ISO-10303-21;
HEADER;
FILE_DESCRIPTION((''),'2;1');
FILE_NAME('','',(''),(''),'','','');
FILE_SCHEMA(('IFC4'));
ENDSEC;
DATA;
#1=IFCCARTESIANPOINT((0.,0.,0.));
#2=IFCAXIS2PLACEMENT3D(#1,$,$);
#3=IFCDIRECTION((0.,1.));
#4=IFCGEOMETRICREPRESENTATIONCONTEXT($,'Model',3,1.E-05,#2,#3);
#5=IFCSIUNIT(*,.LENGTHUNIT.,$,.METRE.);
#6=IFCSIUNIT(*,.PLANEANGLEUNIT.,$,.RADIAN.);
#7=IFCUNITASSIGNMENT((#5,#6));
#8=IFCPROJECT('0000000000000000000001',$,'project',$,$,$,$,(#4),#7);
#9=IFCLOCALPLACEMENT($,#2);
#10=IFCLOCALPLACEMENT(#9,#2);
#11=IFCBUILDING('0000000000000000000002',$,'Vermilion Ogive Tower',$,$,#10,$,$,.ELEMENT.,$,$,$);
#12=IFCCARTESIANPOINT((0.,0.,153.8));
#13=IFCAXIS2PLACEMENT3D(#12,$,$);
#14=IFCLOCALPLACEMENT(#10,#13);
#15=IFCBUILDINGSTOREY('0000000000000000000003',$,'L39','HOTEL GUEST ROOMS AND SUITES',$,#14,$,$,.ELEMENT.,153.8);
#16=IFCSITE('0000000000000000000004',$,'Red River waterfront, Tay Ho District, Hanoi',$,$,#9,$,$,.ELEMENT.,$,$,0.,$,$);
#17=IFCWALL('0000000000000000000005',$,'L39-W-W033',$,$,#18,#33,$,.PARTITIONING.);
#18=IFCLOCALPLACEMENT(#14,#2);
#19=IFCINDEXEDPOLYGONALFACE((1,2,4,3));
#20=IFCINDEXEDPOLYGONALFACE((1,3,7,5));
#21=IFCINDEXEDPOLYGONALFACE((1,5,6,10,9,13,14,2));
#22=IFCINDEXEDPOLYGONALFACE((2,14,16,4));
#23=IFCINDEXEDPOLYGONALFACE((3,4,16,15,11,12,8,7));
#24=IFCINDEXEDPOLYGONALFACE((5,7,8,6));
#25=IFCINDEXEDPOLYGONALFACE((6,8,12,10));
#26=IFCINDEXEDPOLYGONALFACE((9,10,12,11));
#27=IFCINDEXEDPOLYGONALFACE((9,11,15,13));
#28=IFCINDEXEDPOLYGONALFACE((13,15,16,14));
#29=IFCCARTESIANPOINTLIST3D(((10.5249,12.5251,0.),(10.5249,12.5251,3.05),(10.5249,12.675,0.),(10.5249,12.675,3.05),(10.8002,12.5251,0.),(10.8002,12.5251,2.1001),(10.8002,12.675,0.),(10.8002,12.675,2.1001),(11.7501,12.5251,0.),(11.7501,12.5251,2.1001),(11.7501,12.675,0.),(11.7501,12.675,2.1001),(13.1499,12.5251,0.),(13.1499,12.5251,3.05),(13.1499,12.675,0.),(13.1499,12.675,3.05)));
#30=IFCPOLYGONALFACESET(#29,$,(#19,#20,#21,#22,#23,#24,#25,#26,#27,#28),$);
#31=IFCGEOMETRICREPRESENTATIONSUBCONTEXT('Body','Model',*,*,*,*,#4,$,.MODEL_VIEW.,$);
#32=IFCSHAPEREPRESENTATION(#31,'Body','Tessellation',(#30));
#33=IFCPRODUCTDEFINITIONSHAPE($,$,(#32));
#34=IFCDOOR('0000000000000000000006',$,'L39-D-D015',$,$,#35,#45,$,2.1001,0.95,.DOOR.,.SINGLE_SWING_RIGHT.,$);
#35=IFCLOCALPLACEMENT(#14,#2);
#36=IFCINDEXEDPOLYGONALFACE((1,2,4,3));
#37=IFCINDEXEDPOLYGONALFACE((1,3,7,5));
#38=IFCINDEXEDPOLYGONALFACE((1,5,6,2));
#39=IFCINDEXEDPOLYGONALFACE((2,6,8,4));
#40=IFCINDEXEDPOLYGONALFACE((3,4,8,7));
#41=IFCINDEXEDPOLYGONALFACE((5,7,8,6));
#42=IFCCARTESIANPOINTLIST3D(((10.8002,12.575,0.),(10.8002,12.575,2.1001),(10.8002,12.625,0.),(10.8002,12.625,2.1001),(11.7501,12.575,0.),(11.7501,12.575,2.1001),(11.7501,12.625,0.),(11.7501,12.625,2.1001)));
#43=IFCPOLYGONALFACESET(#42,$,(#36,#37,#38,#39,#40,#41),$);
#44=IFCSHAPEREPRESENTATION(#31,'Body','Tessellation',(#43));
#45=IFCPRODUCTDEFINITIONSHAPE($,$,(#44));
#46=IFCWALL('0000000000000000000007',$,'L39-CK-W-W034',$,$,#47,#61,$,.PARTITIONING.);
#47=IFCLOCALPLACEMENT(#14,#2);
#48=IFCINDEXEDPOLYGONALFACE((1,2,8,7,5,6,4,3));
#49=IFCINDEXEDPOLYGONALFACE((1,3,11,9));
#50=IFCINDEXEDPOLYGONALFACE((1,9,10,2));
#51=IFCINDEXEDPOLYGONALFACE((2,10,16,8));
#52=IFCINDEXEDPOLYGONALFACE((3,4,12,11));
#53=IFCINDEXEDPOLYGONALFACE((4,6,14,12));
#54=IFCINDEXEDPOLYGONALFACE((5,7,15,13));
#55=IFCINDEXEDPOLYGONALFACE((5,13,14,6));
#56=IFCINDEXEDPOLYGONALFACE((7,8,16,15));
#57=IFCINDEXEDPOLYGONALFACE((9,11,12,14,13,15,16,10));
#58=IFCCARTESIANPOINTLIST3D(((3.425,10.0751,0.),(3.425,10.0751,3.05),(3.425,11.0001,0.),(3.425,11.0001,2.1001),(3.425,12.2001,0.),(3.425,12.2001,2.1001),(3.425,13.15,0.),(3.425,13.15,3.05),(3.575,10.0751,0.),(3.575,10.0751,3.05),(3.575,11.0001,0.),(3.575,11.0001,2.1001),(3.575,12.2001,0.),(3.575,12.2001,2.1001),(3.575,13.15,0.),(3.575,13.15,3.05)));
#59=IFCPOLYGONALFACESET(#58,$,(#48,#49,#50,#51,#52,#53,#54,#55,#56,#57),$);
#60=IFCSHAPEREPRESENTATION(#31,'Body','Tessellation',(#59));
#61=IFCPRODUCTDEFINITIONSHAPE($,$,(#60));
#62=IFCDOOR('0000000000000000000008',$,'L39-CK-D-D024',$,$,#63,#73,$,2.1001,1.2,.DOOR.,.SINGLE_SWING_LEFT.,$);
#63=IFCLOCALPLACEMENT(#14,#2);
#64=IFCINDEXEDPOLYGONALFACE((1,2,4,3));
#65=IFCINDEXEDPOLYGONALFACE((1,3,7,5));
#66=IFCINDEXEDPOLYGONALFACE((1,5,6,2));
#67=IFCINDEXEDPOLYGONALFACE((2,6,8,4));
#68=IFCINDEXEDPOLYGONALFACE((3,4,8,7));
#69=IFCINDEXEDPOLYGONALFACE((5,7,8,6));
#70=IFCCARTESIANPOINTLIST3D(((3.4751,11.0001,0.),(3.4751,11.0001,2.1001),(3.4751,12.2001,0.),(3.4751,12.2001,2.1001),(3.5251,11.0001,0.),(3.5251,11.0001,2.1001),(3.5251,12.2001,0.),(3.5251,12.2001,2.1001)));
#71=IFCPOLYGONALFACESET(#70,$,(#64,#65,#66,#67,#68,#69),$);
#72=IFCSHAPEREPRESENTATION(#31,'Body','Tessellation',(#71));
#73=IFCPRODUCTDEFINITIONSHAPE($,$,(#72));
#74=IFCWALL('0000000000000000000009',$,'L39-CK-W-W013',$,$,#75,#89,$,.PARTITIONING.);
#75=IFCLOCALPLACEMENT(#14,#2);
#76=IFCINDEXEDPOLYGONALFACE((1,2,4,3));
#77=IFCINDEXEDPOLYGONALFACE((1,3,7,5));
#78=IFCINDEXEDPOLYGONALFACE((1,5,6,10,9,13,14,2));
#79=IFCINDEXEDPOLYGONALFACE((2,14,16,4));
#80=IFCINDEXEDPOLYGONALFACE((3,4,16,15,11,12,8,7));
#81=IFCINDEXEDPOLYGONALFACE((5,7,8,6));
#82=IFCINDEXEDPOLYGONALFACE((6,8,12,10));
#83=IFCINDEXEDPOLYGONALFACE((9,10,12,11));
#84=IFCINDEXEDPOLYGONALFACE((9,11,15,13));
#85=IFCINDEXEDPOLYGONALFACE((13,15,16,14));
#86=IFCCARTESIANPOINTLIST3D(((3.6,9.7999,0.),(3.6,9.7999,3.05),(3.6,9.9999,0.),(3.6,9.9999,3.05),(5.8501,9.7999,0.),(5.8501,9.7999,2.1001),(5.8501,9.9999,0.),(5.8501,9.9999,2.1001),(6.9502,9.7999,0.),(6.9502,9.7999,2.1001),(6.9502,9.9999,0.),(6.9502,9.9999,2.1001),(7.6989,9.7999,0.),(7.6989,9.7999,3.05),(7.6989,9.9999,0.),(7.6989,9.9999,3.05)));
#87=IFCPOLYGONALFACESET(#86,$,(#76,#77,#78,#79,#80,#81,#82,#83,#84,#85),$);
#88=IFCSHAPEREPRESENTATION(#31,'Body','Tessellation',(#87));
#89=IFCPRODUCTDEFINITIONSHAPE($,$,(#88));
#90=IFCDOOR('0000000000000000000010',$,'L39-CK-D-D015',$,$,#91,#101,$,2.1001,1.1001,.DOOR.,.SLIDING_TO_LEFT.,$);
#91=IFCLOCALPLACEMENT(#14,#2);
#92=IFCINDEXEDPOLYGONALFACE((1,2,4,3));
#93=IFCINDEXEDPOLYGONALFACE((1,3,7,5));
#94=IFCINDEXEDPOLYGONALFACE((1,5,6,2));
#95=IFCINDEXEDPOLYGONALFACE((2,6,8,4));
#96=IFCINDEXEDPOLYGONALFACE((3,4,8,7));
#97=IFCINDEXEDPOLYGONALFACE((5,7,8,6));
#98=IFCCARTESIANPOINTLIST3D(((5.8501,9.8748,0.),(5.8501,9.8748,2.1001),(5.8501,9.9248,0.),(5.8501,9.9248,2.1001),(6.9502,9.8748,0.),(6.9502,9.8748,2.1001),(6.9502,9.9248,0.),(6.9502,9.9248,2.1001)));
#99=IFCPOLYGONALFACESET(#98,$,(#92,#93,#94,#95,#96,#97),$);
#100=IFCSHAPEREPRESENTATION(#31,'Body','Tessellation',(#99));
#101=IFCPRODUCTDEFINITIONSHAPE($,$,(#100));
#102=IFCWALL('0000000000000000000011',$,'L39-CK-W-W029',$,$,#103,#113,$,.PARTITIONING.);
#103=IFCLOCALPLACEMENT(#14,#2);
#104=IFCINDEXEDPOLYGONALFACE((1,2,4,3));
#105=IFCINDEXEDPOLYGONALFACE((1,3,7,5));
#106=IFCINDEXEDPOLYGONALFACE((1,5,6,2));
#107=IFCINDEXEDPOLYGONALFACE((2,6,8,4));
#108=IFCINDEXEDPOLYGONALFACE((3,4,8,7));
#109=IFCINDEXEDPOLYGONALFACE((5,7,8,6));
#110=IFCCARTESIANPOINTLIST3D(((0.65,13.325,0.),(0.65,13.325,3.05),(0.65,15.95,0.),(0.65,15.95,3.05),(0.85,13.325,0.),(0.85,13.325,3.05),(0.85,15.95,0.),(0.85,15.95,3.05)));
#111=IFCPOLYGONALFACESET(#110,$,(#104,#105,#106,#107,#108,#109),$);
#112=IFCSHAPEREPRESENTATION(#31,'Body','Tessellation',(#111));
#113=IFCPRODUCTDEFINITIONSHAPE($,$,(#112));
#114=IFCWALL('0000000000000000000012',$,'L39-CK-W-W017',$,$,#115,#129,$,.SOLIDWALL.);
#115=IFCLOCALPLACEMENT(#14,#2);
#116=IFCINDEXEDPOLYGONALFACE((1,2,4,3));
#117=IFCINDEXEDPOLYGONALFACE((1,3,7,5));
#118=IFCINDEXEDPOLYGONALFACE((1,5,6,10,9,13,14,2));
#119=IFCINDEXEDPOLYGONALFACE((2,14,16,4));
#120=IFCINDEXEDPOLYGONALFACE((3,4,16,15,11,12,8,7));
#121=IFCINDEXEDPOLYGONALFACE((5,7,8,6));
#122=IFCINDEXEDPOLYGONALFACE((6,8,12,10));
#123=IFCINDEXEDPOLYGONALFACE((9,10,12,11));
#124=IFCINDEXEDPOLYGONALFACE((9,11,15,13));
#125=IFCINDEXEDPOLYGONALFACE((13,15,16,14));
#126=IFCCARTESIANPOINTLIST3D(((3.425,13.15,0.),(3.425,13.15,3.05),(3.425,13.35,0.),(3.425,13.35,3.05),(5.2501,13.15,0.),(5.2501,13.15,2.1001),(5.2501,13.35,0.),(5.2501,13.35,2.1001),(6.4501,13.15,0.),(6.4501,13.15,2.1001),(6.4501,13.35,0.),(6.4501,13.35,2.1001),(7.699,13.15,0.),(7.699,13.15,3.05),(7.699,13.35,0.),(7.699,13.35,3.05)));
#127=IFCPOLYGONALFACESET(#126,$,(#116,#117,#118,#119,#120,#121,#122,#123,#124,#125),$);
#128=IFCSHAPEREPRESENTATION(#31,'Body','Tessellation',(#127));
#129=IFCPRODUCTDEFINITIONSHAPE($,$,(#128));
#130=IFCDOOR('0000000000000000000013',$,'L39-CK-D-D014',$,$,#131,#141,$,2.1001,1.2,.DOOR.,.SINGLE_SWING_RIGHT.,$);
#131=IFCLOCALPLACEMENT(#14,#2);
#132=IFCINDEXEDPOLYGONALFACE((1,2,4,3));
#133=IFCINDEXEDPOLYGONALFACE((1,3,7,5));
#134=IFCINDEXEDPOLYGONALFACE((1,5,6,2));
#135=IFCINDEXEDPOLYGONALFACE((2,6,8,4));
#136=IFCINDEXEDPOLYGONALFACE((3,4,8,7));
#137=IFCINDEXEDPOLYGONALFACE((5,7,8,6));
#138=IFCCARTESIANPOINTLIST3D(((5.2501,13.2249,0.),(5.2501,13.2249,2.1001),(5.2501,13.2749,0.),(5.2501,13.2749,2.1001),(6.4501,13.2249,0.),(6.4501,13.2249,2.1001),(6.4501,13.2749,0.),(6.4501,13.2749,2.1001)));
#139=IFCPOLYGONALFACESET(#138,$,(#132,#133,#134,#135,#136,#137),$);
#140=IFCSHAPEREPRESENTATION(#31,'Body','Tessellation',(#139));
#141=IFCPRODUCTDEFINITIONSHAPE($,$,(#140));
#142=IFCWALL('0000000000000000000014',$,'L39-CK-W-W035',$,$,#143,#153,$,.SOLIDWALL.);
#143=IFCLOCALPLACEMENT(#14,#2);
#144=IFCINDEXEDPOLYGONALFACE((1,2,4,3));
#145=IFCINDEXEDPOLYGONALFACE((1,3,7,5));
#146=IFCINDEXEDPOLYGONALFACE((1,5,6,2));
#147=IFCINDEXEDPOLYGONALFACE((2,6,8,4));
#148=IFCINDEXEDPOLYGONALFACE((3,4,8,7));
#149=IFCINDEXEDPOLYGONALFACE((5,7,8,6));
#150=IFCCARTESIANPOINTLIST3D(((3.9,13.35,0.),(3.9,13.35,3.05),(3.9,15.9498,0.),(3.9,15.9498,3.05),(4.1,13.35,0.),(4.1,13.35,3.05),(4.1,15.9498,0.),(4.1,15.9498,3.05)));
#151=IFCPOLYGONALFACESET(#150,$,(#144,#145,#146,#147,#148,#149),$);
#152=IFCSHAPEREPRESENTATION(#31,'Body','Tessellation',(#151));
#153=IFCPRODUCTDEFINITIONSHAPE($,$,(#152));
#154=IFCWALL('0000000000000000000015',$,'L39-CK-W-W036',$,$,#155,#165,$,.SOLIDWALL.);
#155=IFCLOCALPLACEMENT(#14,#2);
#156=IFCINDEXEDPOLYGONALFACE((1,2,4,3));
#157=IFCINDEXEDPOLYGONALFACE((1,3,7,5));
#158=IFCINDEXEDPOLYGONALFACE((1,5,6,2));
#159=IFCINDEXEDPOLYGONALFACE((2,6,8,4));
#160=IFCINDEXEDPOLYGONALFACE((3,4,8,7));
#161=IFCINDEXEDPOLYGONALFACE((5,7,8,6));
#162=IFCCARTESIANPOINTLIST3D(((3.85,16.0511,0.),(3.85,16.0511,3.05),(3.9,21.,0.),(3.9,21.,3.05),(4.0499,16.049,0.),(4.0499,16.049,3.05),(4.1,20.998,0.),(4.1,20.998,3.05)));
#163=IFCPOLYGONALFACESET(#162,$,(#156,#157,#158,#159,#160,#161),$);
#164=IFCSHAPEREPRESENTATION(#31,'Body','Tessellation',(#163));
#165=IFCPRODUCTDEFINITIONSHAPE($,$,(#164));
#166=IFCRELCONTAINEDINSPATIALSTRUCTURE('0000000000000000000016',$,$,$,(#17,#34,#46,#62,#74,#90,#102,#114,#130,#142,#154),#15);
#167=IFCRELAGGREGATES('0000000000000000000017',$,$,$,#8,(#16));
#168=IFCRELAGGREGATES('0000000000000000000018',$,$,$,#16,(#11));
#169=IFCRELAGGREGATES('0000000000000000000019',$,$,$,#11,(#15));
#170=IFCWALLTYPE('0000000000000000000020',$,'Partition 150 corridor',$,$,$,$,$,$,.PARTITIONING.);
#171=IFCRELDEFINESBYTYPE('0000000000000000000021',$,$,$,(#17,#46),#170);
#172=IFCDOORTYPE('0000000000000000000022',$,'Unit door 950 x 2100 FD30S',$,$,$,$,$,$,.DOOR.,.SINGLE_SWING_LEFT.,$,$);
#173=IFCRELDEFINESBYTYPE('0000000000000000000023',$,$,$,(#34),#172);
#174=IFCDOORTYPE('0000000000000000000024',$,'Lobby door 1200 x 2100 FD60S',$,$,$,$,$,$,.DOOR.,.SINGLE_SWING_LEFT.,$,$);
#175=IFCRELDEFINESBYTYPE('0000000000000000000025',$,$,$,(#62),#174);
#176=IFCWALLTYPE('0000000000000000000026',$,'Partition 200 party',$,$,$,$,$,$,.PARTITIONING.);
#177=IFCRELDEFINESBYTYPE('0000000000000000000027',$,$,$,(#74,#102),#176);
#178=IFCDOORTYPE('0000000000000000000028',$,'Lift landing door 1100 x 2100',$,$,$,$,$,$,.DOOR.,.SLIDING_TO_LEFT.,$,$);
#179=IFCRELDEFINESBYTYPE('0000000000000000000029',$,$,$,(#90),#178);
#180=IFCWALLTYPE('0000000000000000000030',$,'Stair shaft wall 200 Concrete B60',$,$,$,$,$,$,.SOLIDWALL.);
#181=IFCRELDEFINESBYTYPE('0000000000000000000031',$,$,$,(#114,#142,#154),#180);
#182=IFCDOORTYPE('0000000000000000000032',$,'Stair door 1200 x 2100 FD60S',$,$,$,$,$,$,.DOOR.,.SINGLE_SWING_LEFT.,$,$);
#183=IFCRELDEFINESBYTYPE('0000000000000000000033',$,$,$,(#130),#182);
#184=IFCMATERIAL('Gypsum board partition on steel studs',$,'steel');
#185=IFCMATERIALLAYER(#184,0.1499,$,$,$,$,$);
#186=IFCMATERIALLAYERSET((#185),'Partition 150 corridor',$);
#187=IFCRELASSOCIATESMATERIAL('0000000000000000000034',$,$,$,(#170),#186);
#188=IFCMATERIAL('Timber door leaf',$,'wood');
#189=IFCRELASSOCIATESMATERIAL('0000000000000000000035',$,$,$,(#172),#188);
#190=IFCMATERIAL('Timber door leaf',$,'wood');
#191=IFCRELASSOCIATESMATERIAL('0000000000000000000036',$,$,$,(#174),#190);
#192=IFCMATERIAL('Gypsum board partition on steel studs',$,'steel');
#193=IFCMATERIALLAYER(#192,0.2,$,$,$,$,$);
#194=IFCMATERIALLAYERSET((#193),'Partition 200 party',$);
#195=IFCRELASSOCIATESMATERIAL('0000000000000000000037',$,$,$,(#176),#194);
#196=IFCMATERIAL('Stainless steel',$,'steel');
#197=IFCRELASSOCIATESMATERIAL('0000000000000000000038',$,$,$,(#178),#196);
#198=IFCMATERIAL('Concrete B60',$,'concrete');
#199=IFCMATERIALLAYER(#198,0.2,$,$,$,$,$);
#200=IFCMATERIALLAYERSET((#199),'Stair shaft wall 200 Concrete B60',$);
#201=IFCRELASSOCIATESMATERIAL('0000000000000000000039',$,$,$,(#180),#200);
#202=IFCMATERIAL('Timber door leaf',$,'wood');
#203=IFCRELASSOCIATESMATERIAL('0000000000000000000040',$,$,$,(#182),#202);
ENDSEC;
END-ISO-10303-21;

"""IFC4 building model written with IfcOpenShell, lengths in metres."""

from ifc_helpers import new_model, si_unit, direction, frame, frame_2d, origin, place, context, subcontext, project, spatial, rectangle, extrude, material, layer, layer_set, type_object, element, fill, save


model = new_model("IFC4")

# Units and contexts
model_context = context("Model", 3, precision=1e-05, world=origin(), true_north=direction((0.0, 1.0)))
body_context = subcontext(model_context, "Body", "Model", "MODEL_VIEW")
ifc_project = project(units=[si_unit("LENGTHUNIT", "METRE"), si_unit("PLANEANGLEUNIT", "RADIAN")], contexts=[model_context])

# Site, building, storey
site_placement = place(None, origin())
site = spatial("IfcSite", under=ifc_project, at=site_placement, Name="Red River waterfront, Tay Ho District, Hanoi", CompositionType="ELEMENT", RefElevation=0.0)
building_placement = place(site_placement, origin())
building = spatial("IfcBuilding", under=site, at=building_placement, Name="Vermilion Ogive Tower", CompositionType="ELEMENT")
storey_placement = place(building_placement, frame((0.0, 0.0, 153.8)))
storey = spatial("IfcBuildingStorey", under=building, at=storey_placement, Name="L39", Description="HOTEL GUEST ROOMS AND SUITES", CompositionType="ELEMENT", Elevation=153.8)

# Walls, openings, doors
ifc_material_1 = material(Name="Gypsum board partition on steel studs", Category="steel")
ifc_layer_1 = layer(ifc_material_1, 0.1499)
ifc_layer_set_1 = layer_set([ifc_layer_1], Name="Partition 150 corridor")
wall_type_1 = type_object("IfcWallType", Name="Partition 150 corridor", PredefinedType="PARTITIONING", material=ifc_layer_set_1)
wall_1_placement = place(storey_placement, frame((10.5249, 12.6001, 0.0), z_axis=(0.0, 0.0, 1.0), x_axis=(1.0, 0.0, 0.0)))
wall_1 = element("IfcWall", 1, at=wall_1_placement, inside=storey, type_object=wall_type_1, Name="L39-W-W033", PredefinedType="PARTITIONING", context=body_context, shape_type="SweptSolid", body=[
    extrude(rectangle(XDim=2.625, YDim=0.1499, at=frame_2d((1.3125, 0.0))), origin(), (0.0, 0.0, 1.0), 3.05),
])
opening_1_placement = place(wall_1_placement, frame((0.2751, 0.0, 0.0)))
opening_1 = element("IfcOpeningElement", 2, at=opening_1_placement, cuts=wall_1, PredefinedType="OPENING", context=body_context, shape_type="SweptSolid", body=[
    extrude(rectangle(XDim=0.95, YDim=2.1001, at=frame_2d((0.4751, 1.05))), frame((0.0, 0.085, 0.0), z_axis=(0.0, -1.0, 0.0), x_axis=(1.0, 0.0, 0.0)), (0.0, 0.0, 1.0), 0.1699),
])
ifc_material_2 = material(Name="Timber door leaf", Category="wood")
door_type_1 = type_object("IfcDoorType", Name="Unit door 950 x 2100 FD30S", OperationType="SINGLE_SWING_LEFT", PredefinedType="DOOR", material=ifc_material_2)
door_1_placement = place(opening_1_placement, origin())
door_1 = element("IfcDoor", 3, at=door_1_placement, inside=storey, type_object=door_type_1, Name="L39-D-D015", OperationType="SINGLE_SWING_RIGHT", OverallHeight=2.1001, OverallWidth=0.95, PredefinedType="DOOR", context=body_context, shape_type="SweptSolid", body=[
    extrude(rectangle(XDim=0.95, YDim=2.1001, at=frame_2d((0.4751, 1.05))), frame((0.0, 0.0249, 0.0), z_axis=(0.0, -1.0, 0.0), x_axis=(1.0, 0.0, 0.0)), (0.0, 0.0, 1.0), 0.05),
])
fill(opening_1, door_1)
wall_2_placement = place(storey_placement, frame((3.5, 10.075, 0.0), z_axis=(0.0, 0.0, 1.0), x_axis=(0.0, 1.0, 0.0)))
wall_2 = element("IfcWall", 4, at=wall_2_placement, inside=storey, type_object=wall_type_1, Name="L39-CK-W-W034", PredefinedType="PARTITIONING", context=body_context, shape_type="SweptSolid", body=[
    extrude(rectangle(XDim=3.075, YDim=0.1499, at=frame_2d((1.5376, 0.0))), origin(), (0.0, 0.0, 1.0), 3.05),
])
opening_2_placement = place(wall_2_placement, frame((0.925, 0.0, 0.0)))
opening_2 = element("IfcOpeningElement", 5, at=opening_2_placement, cuts=wall_2, PredefinedType="OPENING", context=body_context, shape_type="SweptSolid", body=[
    extrude(rectangle(XDim=1.2, YDim=2.1001, at=frame_2d((0.6001, 1.05))), frame((0.0, 0.085, 0.0), z_axis=(0.0, -1.0, 0.0), x_axis=(1.0, 0.0, 0.0)), (0.0, 0.0, 1.0), 0.1699),
])
ifc_material_3 = material(Name="Timber door leaf", Category="wood")
door_type_2 = type_object("IfcDoorType", Name="Lobby door 1200 x 2100 FD60S", OperationType="SINGLE_SWING_LEFT", PredefinedType="DOOR", material=ifc_material_3)
door_2_placement = place(opening_2_placement, origin())
door_2 = element("IfcDoor", 6, at=door_2_placement, inside=storey, type_object=door_type_2, Name="L39-CK-D-D024", OperationType="SINGLE_SWING_LEFT", OverallHeight=2.1001, OverallWidth=1.2, PredefinedType="DOOR", context=body_context, shape_type="SweptSolid", body=[
    extrude(rectangle(XDim=1.2, YDim=2.1001, at=frame_2d((0.6001, 1.05))), frame((0.0, 0.0249, 0.0), z_axis=(0.0, -1.0, 0.0), x_axis=(1.0, 0.0, 0.0)), (0.0, 0.0, 1.0), 0.05),
])
fill(opening_2, door_2)
ifc_material_4 = material(Name="Gypsum board partition on steel studs", Category="steel")
ifc_layer_2 = layer(ifc_material_4, 0.2)
ifc_layer_set_2 = layer_set([ifc_layer_2], Name="Partition 200 party")
wall_type_2 = type_object("IfcWallType", Name="Partition 200 party", PredefinedType="PARTITIONING", material=ifc_layer_set_2)
wall_3_placement = place(storey_placement, frame((3.6001, 9.8999, 0.0), z_axis=(0.0, 0.0, 1.0), x_axis=(1.0, 0.0, 0.0)))
wall_3 = element("IfcWall", 7, at=wall_3_placement, inside=storey, type_object=wall_type_2, Name="L39-CK-W-W013", PredefinedType="PARTITIONING", context=body_context, shape_type="SweptSolid", body=[
    extrude(rectangle(XDim=4.0989, YDim=0.2, at=frame_2d((2.0493, 0.0))), origin(), (0.0, 0.0, 1.0), 3.05),
])
opening_3_placement = place(wall_3_placement, frame((2.25, 0.0, 0.0)))
opening_3 = element("IfcOpeningElement", 8, at=opening_3_placement, cuts=wall_3, PredefinedType="OPENING", context=body_context, shape_type="SweptSolid", body=[
    extrude(rectangle(XDim=1.1001, YDim=2.1001, at=frame_2d((0.55, 1.05))), frame((0.0, 0.1099, 0.0), z_axis=(0.0, -1.0, 0.0), x_axis=(1.0, 0.0, 0.0)), (0.0, 0.0, 1.0), 0.22),
])
ifc_material_5 = material(Name="Stainless steel", Category="steel")
door_type_3 = type_object("IfcDoorType", Name="Lift landing door 1100 x 2100", OperationType="SLIDING_TO_LEFT", PredefinedType="DOOR", material=ifc_material_5)
door_3_placement = place(opening_3_placement, origin())
door_3 = element("IfcDoor", 9, at=door_3_placement, inside=storey, type_object=door_type_3, Name="L39-CK-D-D015", OperationType="SLIDING_TO_LEFT", OverallHeight=2.1001, OverallWidth=1.1001, PredefinedType="DOOR", context=body_context, shape_type="SweptSolid", body=[
    extrude(rectangle(XDim=1.1001, YDim=2.1001, at=frame_2d((0.55, 1.05))), frame((0.0, 0.0249, 0.0), z_axis=(0.0, -1.0, 0.0), x_axis=(1.0, 0.0, 0.0)), (0.0, 0.0, 1.0), 0.05),
])
fill(opening_3, door_3)

# Wall
wall_4_placement = place(storey_placement, frame((0.75, 13.325, 0.0), z_axis=(0.0, 0.0, 1.0), x_axis=(0.0, 1.0, 0.0)))
element("IfcWall", 10, at=wall_4_placement, inside=storey, type_object=wall_type_2, Name="L39-CK-W-W029", PredefinedType="PARTITIONING", context=body_context, shape_type="SweptSolid", body=[
    extrude(rectangle(XDim=2.625, YDim=0.2, at=frame_2d((1.3125, 0.0))), origin(), (0.0, 0.0, 1.0), 3.05),
])

# Wall, opening, door
ifc_material_6 = material(Name="Concrete B60", Category="concrete")
ifc_layer_3 = layer(ifc_material_6, 0.2)
ifc_layer_set_3 = layer_set([ifc_layer_3], Name="Stair shaft wall 200 Concrete B60")
wall_type_3 = type_object("IfcWallType", Name="Stair shaft wall 200 Concrete B60", PredefinedType="SOLIDWALL", material=ifc_layer_set_3)
wall_5_placement = place(storey_placement, frame((3.425, 13.25, 0.0), z_axis=(0.0, 0.0, 1.0), x_axis=(1.0, 0.0, 0.0)))
wall_5 = element("IfcWall", 11, at=wall_5_placement, inside=storey, type_object=wall_type_3, Name="L39-CK-W-W017", PredefinedType="SOLIDWALL", context=body_context, shape_type="SweptSolid", body=[
    extrude(rectangle(XDim=4.2739, YDim=0.2, at=frame_2d((2.137, 0.0))), origin(), (0.0, 0.0, 1.0), 3.05),
])
opening_4_placement = place(wall_5_placement, frame((1.825, 0.0, 0.0)))
opening_4 = element("IfcOpeningElement", 12, at=opening_4_placement, cuts=wall_5, PredefinedType="OPENING", context=body_context, shape_type="SweptSolid", body=[
    extrude(rectangle(XDim=1.2, YDim=2.1001, at=frame_2d((0.6001, 1.05))), frame((0.0, 0.1099, 0.0), z_axis=(0.0, -1.0, 0.0), x_axis=(1.0, 0.0, 0.0)), (0.0, 0.0, 1.0), 0.22),
])
ifc_material_7 = material(Name="Timber door leaf", Category="wood")
door_type_4 = type_object("IfcDoorType", Name="Stair door 1200 x 2100 FD60S", OperationType="SINGLE_SWING_LEFT", PredefinedType="DOOR", material=ifc_material_7)
door_4_placement = place(opening_4_placement, origin())
door_4 = element("IfcDoor", 13, at=door_4_placement, inside=storey, type_object=door_type_4, Name="L39-CK-D-D014", OperationType="SINGLE_SWING_RIGHT", OverallHeight=2.1001, OverallWidth=1.2, PredefinedType="DOOR", context=body_context, shape_type="SweptSolid", body=[
    extrude(rectangle(XDim=1.2, YDim=2.1001, at=frame_2d((0.6001, 1.05))), frame((0.0, 0.0249, 0.0), z_axis=(0.0, -1.0, 0.0), x_axis=(1.0, 0.0, 0.0)), (0.0, 0.0, 1.0), 0.05),
])
fill(opening_4, door_4)

# Walls
wall_6_placement = place(storey_placement, frame((4.0, 13.3501, 0.0), z_axis=(0.0, 0.0, 1.0), x_axis=(0.0, 1.0, 0.0)))
element("IfcWall", 14, at=wall_6_placement, inside=storey, type_object=wall_type_3, Name="L39-CK-W-W035", PredefinedType="SOLIDWALL", context=body_context, shape_type="SweptSolid", body=[
    extrude(rectangle(XDim=2.5999, YDim=0.2, at=frame_2d((1.2998, 0.0))), origin(), (0.0, 0.0, 1.0), 3.05),
])
wall_7_placement = place(storey_placement, frame((3.95, 16.05, 0.0), z_axis=(0.0, 0.0, 1.0), x_axis=(0.010112, 0.999949, 0.0)))
element("IfcWall", 15, at=wall_7_placement, inside=storey, type_object=wall_type_3, Name="L39-CK-W-W036", PredefinedType="SOLIDWALL", context=body_context, shape_type="SweptSolid", body=[
    extrude(rectangle(XDim=4.9492, YDim=0.2, at=frame_2d((2.4746, 0.0))), origin(), (0.0, 0.0, 1.0), 3.05),
])

save(model, "model.ifc")
